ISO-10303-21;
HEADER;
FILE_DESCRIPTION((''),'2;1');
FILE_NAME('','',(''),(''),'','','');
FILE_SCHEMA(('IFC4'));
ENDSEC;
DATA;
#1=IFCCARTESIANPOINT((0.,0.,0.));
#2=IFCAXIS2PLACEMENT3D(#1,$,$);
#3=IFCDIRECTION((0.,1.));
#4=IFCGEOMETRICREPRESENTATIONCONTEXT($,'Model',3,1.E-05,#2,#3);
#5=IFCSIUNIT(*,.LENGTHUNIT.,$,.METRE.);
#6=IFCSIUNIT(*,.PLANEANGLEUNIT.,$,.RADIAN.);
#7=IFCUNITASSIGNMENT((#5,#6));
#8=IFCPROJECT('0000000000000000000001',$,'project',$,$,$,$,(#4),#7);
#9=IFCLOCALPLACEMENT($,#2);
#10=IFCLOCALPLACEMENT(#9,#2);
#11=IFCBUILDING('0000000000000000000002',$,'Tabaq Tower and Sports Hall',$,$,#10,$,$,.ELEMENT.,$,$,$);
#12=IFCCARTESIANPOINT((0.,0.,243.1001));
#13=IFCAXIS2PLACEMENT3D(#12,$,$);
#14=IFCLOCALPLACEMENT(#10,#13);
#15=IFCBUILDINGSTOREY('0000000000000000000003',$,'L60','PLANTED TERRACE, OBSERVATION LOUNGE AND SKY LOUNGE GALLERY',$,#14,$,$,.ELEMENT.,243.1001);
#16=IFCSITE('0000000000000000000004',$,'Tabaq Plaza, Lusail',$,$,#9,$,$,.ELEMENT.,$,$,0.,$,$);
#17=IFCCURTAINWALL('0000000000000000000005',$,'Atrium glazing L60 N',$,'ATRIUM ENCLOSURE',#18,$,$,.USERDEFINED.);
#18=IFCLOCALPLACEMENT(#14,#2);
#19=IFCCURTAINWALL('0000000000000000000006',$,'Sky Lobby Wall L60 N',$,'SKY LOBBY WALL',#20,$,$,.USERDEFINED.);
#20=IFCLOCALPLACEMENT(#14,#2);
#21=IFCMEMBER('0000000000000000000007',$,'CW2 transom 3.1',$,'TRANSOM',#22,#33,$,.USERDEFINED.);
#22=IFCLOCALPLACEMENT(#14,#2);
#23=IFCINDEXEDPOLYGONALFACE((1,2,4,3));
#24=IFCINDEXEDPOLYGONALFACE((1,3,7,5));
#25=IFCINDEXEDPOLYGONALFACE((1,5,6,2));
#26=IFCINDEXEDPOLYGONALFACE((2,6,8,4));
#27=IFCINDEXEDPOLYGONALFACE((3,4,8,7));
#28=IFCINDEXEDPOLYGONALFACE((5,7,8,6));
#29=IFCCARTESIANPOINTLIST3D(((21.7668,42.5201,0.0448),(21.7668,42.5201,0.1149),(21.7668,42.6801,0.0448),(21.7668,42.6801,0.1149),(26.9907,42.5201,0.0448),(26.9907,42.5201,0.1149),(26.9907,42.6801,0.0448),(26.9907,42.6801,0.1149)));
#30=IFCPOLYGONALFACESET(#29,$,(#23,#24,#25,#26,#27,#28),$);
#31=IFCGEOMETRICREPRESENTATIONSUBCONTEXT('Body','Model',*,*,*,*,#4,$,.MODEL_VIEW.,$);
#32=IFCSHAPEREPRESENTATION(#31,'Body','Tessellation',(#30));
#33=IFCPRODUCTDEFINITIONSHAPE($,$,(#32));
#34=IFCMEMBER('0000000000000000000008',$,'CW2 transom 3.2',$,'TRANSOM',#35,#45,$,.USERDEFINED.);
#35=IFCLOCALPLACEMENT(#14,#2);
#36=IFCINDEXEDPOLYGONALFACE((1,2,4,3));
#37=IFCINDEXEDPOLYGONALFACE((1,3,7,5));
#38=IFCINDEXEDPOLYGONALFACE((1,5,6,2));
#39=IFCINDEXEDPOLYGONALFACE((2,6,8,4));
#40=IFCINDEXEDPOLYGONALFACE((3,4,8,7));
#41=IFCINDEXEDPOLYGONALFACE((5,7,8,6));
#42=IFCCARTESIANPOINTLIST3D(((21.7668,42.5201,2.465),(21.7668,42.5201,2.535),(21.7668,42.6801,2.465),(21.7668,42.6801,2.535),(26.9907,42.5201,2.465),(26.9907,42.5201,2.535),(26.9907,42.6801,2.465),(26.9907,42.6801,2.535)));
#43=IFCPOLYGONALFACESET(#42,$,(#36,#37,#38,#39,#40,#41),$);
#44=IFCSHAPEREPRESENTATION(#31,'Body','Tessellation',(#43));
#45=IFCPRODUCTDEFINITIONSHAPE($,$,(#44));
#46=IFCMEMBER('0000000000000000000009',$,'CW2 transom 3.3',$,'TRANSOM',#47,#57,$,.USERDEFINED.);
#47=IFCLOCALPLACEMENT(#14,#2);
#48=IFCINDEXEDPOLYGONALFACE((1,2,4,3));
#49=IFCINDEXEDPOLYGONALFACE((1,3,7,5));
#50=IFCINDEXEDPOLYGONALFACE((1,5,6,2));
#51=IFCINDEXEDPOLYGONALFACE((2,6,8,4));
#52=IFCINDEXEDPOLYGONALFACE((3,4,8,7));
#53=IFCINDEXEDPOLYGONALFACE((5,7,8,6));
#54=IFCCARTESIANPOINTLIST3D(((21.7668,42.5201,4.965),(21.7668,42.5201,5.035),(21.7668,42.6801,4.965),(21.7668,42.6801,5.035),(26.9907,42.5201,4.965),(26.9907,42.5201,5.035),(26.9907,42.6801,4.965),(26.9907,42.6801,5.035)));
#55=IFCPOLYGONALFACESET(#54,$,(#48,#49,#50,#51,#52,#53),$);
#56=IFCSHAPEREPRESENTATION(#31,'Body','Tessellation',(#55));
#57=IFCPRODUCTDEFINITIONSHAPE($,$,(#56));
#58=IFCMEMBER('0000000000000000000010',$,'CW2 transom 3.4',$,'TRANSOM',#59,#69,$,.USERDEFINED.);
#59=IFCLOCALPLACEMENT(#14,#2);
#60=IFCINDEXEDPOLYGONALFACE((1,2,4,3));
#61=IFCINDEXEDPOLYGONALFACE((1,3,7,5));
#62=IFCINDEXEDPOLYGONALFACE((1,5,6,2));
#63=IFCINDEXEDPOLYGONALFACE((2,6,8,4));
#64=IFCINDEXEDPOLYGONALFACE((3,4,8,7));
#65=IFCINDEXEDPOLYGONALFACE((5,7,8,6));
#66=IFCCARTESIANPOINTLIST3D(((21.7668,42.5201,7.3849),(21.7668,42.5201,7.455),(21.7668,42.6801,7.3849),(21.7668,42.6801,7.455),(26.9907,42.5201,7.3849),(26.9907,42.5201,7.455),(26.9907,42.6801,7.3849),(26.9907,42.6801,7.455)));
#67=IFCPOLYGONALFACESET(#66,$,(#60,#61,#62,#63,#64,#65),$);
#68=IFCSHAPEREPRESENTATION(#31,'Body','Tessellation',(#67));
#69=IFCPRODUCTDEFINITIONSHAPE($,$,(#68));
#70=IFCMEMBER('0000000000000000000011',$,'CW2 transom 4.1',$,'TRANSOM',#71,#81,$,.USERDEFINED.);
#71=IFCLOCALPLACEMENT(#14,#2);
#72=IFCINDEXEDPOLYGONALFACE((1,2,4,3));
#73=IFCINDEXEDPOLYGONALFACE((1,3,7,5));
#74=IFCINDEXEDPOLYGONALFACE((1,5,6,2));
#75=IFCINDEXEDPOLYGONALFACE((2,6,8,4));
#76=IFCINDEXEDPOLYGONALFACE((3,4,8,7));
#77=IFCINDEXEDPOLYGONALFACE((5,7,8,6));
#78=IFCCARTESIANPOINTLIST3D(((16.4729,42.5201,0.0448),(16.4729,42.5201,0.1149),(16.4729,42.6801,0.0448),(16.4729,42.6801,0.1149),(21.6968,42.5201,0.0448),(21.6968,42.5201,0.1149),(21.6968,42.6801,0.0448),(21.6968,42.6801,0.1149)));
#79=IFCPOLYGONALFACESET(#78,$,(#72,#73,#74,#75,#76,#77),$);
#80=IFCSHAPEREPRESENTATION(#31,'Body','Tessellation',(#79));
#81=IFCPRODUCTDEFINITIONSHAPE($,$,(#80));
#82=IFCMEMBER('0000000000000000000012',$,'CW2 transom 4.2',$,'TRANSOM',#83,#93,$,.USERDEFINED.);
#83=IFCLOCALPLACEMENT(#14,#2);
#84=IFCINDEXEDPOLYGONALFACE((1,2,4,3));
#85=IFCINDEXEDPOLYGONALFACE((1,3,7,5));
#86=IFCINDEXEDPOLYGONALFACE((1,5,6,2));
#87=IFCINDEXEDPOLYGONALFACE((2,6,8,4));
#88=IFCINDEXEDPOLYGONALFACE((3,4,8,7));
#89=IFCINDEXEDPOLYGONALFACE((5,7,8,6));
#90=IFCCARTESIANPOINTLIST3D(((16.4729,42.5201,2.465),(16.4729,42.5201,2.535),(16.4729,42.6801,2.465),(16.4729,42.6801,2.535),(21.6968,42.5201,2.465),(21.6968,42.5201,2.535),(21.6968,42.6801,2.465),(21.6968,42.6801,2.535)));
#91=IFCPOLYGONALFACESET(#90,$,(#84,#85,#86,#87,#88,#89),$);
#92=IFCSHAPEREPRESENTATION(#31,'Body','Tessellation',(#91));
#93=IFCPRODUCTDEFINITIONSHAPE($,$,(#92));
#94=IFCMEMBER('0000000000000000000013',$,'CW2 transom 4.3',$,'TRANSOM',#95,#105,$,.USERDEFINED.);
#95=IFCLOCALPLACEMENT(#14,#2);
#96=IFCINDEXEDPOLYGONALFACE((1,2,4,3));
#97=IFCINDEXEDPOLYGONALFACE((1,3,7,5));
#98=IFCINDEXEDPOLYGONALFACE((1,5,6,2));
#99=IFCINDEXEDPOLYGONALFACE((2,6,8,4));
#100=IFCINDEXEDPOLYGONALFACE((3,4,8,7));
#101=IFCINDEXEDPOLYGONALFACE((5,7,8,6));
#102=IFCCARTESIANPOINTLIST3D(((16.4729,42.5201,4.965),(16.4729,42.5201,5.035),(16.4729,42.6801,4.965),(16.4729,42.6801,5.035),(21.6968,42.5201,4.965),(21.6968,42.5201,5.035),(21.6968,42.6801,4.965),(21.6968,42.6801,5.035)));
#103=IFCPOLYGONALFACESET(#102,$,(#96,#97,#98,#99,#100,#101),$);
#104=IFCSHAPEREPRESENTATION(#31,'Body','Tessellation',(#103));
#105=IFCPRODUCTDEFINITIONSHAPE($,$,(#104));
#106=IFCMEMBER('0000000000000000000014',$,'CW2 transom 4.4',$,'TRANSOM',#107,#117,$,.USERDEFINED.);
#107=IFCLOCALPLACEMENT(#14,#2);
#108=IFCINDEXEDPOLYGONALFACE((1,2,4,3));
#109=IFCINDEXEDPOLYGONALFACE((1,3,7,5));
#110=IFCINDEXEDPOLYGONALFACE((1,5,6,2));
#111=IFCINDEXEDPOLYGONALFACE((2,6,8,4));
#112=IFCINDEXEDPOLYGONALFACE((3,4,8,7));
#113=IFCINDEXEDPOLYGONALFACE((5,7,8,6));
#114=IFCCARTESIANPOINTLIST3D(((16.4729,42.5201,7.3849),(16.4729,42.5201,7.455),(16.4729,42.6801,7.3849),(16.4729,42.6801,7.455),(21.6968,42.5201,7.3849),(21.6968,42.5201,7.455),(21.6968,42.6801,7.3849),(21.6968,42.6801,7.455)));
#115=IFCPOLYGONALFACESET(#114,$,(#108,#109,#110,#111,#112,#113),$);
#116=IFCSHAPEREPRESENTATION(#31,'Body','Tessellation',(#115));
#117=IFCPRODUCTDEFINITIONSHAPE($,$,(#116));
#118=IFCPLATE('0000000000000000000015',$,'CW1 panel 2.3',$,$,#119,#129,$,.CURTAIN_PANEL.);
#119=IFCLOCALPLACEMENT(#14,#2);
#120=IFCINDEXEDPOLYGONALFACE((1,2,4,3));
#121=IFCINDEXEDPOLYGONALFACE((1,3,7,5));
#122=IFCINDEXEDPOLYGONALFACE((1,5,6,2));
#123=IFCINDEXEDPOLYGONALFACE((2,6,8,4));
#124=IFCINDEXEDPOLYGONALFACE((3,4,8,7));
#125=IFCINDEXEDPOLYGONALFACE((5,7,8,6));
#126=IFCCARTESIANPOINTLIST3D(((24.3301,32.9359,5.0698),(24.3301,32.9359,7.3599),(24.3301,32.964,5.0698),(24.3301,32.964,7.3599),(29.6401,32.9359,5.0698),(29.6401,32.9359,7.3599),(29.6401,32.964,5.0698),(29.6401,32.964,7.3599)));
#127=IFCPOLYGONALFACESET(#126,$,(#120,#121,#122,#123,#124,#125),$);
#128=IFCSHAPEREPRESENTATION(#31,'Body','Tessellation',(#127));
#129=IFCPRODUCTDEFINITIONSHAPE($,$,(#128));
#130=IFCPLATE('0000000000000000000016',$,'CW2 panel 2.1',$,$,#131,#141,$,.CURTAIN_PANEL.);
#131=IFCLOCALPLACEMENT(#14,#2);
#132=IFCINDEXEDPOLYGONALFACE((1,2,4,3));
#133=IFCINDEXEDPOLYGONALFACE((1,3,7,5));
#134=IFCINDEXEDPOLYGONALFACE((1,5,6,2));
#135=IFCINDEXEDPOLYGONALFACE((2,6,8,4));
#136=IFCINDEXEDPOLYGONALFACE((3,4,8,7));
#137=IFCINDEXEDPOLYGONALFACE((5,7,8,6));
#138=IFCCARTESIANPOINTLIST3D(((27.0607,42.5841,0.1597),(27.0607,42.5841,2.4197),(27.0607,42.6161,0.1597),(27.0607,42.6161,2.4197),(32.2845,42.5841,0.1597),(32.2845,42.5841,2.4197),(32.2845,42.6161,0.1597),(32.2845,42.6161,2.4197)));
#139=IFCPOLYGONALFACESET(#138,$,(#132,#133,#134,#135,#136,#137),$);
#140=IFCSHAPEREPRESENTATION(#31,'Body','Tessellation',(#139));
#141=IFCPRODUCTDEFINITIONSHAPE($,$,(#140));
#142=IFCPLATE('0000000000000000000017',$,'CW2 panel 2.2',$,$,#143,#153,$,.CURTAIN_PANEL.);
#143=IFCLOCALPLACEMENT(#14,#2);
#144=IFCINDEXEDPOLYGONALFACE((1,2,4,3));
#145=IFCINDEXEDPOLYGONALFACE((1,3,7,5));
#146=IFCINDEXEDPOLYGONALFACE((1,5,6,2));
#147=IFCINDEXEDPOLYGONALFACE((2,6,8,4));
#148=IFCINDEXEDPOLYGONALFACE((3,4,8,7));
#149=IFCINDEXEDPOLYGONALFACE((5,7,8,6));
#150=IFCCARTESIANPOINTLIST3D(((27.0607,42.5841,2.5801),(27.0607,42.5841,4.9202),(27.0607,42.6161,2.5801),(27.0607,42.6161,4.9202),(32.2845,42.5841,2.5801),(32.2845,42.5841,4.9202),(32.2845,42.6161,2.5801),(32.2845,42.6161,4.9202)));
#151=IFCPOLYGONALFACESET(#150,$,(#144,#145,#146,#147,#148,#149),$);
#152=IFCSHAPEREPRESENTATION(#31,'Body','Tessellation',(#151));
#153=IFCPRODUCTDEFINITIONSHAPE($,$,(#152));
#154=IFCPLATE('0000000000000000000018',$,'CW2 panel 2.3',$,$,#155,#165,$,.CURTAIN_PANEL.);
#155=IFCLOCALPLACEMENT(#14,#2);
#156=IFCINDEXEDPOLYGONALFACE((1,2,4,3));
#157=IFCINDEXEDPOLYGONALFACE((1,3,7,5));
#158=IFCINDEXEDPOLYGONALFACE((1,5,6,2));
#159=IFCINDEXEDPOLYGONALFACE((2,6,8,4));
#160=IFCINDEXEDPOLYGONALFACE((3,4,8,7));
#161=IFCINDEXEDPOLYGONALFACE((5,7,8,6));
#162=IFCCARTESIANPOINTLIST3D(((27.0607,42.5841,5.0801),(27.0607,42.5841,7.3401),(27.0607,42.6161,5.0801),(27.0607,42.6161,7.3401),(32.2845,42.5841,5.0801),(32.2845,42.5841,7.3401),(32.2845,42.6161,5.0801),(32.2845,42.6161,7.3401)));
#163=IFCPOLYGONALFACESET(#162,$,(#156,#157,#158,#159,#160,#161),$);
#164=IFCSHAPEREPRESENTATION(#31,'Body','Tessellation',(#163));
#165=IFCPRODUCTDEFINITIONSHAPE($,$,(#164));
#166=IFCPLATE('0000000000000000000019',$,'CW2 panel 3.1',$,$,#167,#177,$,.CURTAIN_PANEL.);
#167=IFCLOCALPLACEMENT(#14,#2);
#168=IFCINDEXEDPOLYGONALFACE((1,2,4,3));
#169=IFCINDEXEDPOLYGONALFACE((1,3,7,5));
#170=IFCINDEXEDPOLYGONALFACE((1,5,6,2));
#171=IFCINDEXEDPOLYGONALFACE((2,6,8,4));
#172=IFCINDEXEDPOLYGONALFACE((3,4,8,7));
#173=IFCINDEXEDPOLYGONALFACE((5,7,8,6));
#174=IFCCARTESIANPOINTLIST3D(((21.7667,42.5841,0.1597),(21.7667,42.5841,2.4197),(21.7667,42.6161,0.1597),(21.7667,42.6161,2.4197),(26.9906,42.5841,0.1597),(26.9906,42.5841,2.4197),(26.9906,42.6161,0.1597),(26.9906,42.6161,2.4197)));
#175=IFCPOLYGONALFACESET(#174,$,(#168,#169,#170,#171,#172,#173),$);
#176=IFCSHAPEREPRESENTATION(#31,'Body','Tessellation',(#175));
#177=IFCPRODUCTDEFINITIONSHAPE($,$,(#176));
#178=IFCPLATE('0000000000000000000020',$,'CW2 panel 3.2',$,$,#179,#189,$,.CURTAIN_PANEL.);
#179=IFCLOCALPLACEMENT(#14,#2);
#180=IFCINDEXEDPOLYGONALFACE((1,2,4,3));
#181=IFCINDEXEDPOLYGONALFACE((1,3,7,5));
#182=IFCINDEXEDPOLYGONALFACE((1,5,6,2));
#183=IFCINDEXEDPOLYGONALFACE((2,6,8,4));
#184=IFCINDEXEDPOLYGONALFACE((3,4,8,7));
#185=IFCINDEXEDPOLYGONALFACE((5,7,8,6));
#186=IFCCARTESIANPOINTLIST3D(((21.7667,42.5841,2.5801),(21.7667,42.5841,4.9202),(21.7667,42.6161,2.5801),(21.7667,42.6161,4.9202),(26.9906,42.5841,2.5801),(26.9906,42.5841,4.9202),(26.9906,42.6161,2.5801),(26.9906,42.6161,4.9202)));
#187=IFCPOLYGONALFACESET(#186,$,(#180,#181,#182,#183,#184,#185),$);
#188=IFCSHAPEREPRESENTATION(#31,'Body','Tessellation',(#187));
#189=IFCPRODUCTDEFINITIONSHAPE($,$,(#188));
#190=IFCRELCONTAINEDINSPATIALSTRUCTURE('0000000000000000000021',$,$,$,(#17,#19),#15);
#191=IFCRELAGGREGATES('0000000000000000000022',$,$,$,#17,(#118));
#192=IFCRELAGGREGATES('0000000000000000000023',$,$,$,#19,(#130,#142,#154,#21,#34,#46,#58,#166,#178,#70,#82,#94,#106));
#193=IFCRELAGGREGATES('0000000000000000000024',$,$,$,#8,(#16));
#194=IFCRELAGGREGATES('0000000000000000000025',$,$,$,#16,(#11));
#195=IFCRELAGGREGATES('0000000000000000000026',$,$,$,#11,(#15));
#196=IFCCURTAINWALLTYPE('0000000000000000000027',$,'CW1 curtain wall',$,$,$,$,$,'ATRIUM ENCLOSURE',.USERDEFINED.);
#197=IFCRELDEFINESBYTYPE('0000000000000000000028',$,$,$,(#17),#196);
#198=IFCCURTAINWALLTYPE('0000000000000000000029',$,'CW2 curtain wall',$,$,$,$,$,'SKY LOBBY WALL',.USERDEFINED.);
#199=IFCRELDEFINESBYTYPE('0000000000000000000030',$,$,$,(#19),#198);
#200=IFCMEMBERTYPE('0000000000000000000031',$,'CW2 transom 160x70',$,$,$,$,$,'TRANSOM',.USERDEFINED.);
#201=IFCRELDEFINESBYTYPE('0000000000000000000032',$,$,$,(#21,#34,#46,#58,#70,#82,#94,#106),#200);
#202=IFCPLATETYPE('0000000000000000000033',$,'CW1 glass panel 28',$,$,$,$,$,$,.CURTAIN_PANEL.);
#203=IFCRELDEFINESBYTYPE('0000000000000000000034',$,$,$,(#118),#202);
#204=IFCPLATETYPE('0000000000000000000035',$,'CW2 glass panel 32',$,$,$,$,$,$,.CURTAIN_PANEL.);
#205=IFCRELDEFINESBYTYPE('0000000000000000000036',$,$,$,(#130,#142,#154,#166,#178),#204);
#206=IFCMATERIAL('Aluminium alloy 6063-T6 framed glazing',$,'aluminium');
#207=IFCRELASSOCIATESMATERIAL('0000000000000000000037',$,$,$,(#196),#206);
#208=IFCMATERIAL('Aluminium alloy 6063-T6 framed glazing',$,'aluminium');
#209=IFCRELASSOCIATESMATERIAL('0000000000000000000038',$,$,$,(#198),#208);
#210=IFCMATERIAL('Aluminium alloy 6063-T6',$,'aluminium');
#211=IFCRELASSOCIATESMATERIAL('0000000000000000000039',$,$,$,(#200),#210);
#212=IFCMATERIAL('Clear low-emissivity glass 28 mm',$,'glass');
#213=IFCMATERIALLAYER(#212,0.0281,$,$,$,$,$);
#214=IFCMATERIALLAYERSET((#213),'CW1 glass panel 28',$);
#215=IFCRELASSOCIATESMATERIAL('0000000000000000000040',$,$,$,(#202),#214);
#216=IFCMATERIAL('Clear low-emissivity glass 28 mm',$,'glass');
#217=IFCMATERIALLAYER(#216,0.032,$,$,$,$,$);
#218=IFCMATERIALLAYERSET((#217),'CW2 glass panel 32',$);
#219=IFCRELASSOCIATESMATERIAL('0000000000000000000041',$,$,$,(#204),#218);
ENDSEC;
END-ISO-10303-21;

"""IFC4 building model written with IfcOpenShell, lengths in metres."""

from ifc_helpers import new_model, si_unit, direction, frame, origin, origin_2d, place, context, subcontext, project, spatial, rectangle, extrude, material, layer, layer_set, material_profile, profile_set, type_object, element, aggregate, save


model = new_model("IFC4")

# Units and contexts
model_context = context("Model", 3, precision=1e-05, world=origin(), true_north=direction((0.0, 1.0)))
body_context = subcontext(model_context, "Body", "Model", "MODEL_VIEW")
ifc_project = project(units=[si_unit("LENGTHUNIT", "METRE"), si_unit("PLANEANGLEUNIT", "RADIAN")], contexts=[model_context])

# Site, building, storey
site_placement = place(None, origin())
site = spatial("IfcSite", under=ifc_project, at=site_placement, Name="Tabaq Plaza, Lusail", CompositionType="ELEMENT", RefElevation=0.0)
building_placement = place(site_placement, origin())
building = spatial("IfcBuilding", under=site, at=building_placement, Name="Tabaq Tower and Sports Hall", CompositionType="ELEMENT")
storey_placement = place(building_placement, frame((0.0, 0.0, 243.1001)))
storey = spatial("IfcBuildingStorey", under=building, at=storey_placement, Name="L60", Description="PLANTED TERRACE, OBSERVATION LOUNGE AND SKY LOUNGE GALLERY", CompositionType="ELEMENT", Elevation=243.1001)

# Curtain wall
ifc_material_1 = material(Name="Aluminium alloy 6063-T6 framed glazing", Category="aluminium")
curtain_wall_type_1 = type_object("IfcCurtainWallType", Name="CW1 curtain wall", ElementType="ATRIUM ENCLOSURE", PredefinedType="USERDEFINED", material=ifc_material_1)
curtain_wall_1_placement = place(storey_placement, origin())
curtain_wall_1 = element("IfcCurtainWall", 1, at=curtain_wall_1_placement, inside=storey, type_object=curtain_wall_type_1, Name="Atrium glazing L60 N", ObjectType="ATRIUM ENCLOSURE", PredefinedType="USERDEFINED")

# Curtain wall, members
ifc_material_2 = material(Name="Aluminium alloy 6063-T6 framed glazing", Category="aluminium")
curtain_wall_type_2 = type_object("IfcCurtainWallType", Name="CW2 curtain wall", ElementType="SKY LOBBY WALL", PredefinedType="USERDEFINED", material=ifc_material_2)
curtain_wall_2_placement = place(storey_placement, origin())
curtain_wall_2 = element("IfcCurtainWall", 2, at=curtain_wall_2_placement, inside=storey, type_object=curtain_wall_type_2, Name="Sky Lobby Wall L60 N", ObjectType="SKY LOBBY WALL", PredefinedType="USERDEFINED")
ifc_material_3 = material(Name="Aluminium alloy 6063-T6", Category="aluminium")
ifc_material_profile_1 = material_profile(ifc_material_3, rectangle(XDim=0.1599, YDim=0.0701, at=origin_2d()), Name="TRANSOM 160x70")
ifc_profile_set_1 = profile_set([ifc_material_profile_1], Name="Aluminium alloy 6063-T6")
member_type_1 = type_object("IfcMemberType", Name="CW2 transom 160x70", ElementType="TRANSOM", PredefinedType="USERDEFINED", material=ifc_profile_set_1)
member_1_placement = place(storey_placement, frame((26.9907, 42.6001, 0.0798), z_axis=(-1.0, 0.0, 0.0), x_axis=(0.0, -1.0, 0.0)))
member_1 = element("IfcMember", 3, at=member_1_placement, type_object=member_type_1, Name="CW2 transom 3.1", ObjectType="TRANSOM", PredefinedType="USERDEFINED", context=body_context, shape_type="SweptSolid", body=[
    extrude(rectangle(XDim=0.1599, YDim=0.0701, at=origin_2d()), origin(), (0.0, 0.0, 1.0), 5.2239),
])
member_2_placement = place(storey_placement, frame((26.9907, 42.6001, 2.5), z_axis=(-1.0, 0.0, 0.0), x_axis=(0.0, -1.0, 0.0)))
member_2 = element("IfcMember", 4, at=member_2_placement, type_object=member_type_1, Name="CW2 transom 3.2", ObjectType="TRANSOM", PredefinedType="USERDEFINED", context=body_context, shape_type="SweptSolid", body=[
    extrude(rectangle(XDim=0.1599, YDim=0.0701, at=origin_2d()), origin(), (0.0, 0.0, 1.0), 5.2239),
])
member_3_placement = place(storey_placement, frame((26.9907, 42.6001, 5.0), z_axis=(-1.0, 0.0, 0.0), x_axis=(0.0, -1.0, 0.0)))
member_3 = element("IfcMember", 5, at=member_3_placement, type_object=member_type_1, Name="CW2 transom 3.3", ObjectType="TRANSOM", PredefinedType="USERDEFINED", context=body_context, shape_type="SweptSolid", body=[
    extrude(rectangle(XDim=0.1599, YDim=0.0701, at=origin_2d()), origin(), (0.0, 0.0, 1.0), 5.2239),
])
member_4_placement = place(storey_placement, frame((26.9907, 42.6001, 7.4199), z_axis=(-1.0, 0.0, 0.0), x_axis=(0.0, -1.0, 0.0)))
member_4 = element("IfcMember", 6, at=member_4_placement, type_object=member_type_1, Name="CW2 transom 3.4", ObjectType="TRANSOM", PredefinedType="USERDEFINED", context=body_context, shape_type="SweptSolid", body=[
    extrude(rectangle(XDim=0.1599, YDim=0.0701, at=origin_2d()), origin(), (0.0, 0.0, 1.0), 5.2239),
])
member_5_placement = place(storey_placement, frame((21.6968, 42.6001, 0.0798), z_axis=(-1.0, 0.0, 0.0), x_axis=(0.0, -1.0, 0.0)))
member_5 = element("IfcMember", 7, at=member_5_placement, type_object=member_type_1, Name="CW2 transom 4.1", ObjectType="TRANSOM", PredefinedType="USERDEFINED", context=body_context, shape_type="SweptSolid", body=[
    extrude(rectangle(XDim=0.1599, YDim=0.0701, at=origin_2d()), origin(), (0.0, 0.0, 1.0), 5.2239),
])
member_6_placement = place(storey_placement, frame((21.6968, 42.6001, 2.5), z_axis=(-1.0, 0.0, 0.0), x_axis=(0.0, -1.0, 0.0)))
member_6 = element("IfcMember", 8, at=member_6_placement, type_object=member_type_1, Name="CW2 transom 4.2", ObjectType="TRANSOM", PredefinedType="USERDEFINED", context=body_context, shape_type="SweptSolid", body=[
    extrude(rectangle(XDim=0.1599, YDim=0.0701, at=origin_2d()), origin(), (0.0, 0.0, 1.0), 5.2239),
])
member_7_placement = place(storey_placement, frame((21.6968, 42.6001, 5.0), z_axis=(-1.0, 0.0, 0.0), x_axis=(0.0, -1.0, 0.0)))
member_7 = element("IfcMember", 9, at=member_7_placement, type_object=member_type_1, Name="CW2 transom 4.3", ObjectType="TRANSOM", PredefinedType="USERDEFINED", context=body_context, shape_type="SweptSolid", body=[
    extrude(rectangle(XDim=0.1599, YDim=0.0701, at=origin_2d()), origin(), (0.0, 0.0, 1.0), 5.2239),
])
member_8_placement = place(storey_placement, frame((21.6968, 42.6001, 7.4199), z_axis=(-1.0, 0.0, 0.0), x_axis=(0.0, -1.0, 0.0)))
member_8 = element("IfcMember", 10, at=member_8_placement, type_object=member_type_1, Name="CW2 transom 4.4", ObjectType="TRANSOM", PredefinedType="USERDEFINED", context=body_context, shape_type="SweptSolid", body=[
    extrude(rectangle(XDim=0.1599, YDim=0.0701, at=origin_2d()), origin(), (0.0, 0.0, 1.0), 5.2239),
])

# Plates
ifc_material_4 = material(Name="Clear low-emissivity glass 28 mm", Category="glass")
ifc_layer_1 = layer(ifc_material_4, 0.0281)
ifc_layer_set_1 = layer_set([ifc_layer_1], Name="CW1 glass panel 28")
plate_type_1 = type_object("IfcPlateType", Name="CW1 glass panel 28", PredefinedType="CURTAIN_PANEL", material=ifc_layer_set_1)
plate_1_placement = place(storey_placement, frame((26.9851, 32.95, 5.0698), z_axis=(0.0, 0.0, 1.0), x_axis=(1.0, 0.0, 0.0)))
plate_1 = element("IfcPlate", 11, at=plate_1_placement, type_object=plate_type_1, Name="CW1 panel 2.3", PredefinedType="CURTAIN_PANEL", context=body_context, shape_type="SweptSolid", body=[
    extrude(rectangle(XDim=5.3101, YDim=0.0281, at=origin_2d()), origin(), (0.0, 0.0, 1.0), 2.29),
])
aggregate(curtain_wall_1, [plate_1])
ifc_material_5 = material(Name="Clear low-emissivity glass 28 mm", Category="glass")
ifc_layer_2 = layer(ifc_material_5, 0.032)
ifc_layer_set_2 = layer_set([ifc_layer_2], Name="CW2 glass panel 32")
plate_type_2 = type_object("IfcPlateType", Name="CW2 glass panel 32", PredefinedType="CURTAIN_PANEL", material=ifc_layer_set_2)
plate_2_placement = place(storey_placement, frame((29.6726, 42.6001, 0.1597), z_axis=(0.0, 0.0, 1.0), x_axis=(-1.0, 0.0, 0.0)))
plate_2 = element("IfcPlate", 12, at=plate_2_placement, type_object=plate_type_2, Name="CW2 panel 2.1", PredefinedType="CURTAIN_PANEL", context=body_context, shape_type="SweptSolid", body=[
    extrude(rectangle(XDim=5.2239, YDim=0.032, at=origin_2d()), origin(), (0.0, 0.0, 1.0), 2.26),
])
plate_3_placement = place(storey_placement, frame((29.6726, 42.6001, 2.5801), z_axis=(0.0, 0.0, 1.0), x_axis=(-1.0, 0.0, 0.0)))
plate_3 = element("IfcPlate", 13, at=plate_3_placement, type_object=plate_type_2, Name="CW2 panel 2.2", PredefinedType="CURTAIN_PANEL", context=body_context, shape_type="SweptSolid", body=[
    extrude(rectangle(XDim=5.2239, YDim=0.032, at=origin_2d()), origin(), (0.0, 0.0, 1.0), 2.3401),
])
plate_4_placement = place(storey_placement, frame((29.6726, 42.6001, 5.0801), z_axis=(0.0, 0.0, 1.0), x_axis=(-1.0, 0.0, 0.0)))
plate_4 = element("IfcPlate", 14, at=plate_4_placement, type_object=plate_type_2, Name="CW2 panel 2.3", PredefinedType="CURTAIN_PANEL", context=body_context, shape_type="SweptSolid", body=[
    extrude(rectangle(XDim=5.2239, YDim=0.032, at=origin_2d()), origin(), (0.0, 0.0, 1.0), 2.26),
])
plate_5_placement = place(storey_placement, frame((24.3787, 42.6001, 0.1597), z_axis=(0.0, 0.0, 1.0), x_axis=(-1.0, 0.0, 0.0)))
plate_5 = element("IfcPlate", 15, at=plate_5_placement, type_object=plate_type_2, Name="CW2 panel 3.1", PredefinedType="CURTAIN_PANEL", context=body_context, shape_type="SweptSolid", body=[
    extrude(rectangle(XDim=5.2239, YDim=0.032, at=origin_2d()), origin(), (0.0, 0.0, 1.0), 2.26),
])
plate_6_placement = place(storey_placement, frame((24.3787, 42.6001, 2.5801), z_axis=(0.0, 0.0, 1.0), x_axis=(-1.0, 0.0, 0.0)))
plate_6 = element("IfcPlate", 16, at=plate_6_placement, type_object=plate_type_2, Name="CW2 panel 3.2", PredefinedType="CURTAIN_PANEL", context=body_context, shape_type="SweptSolid", body=[
    extrude(rectangle(XDim=5.2239, YDim=0.032, at=origin_2d()), origin(), (0.0, 0.0, 1.0), 2.3401),
])
aggregate(curtain_wall_2, [plate_2, plate_3, plate_4, member_1, member_2, member_3, member_4, plate_5, plate_6, member_5, member_6, member_7, member_8])

save(model, "model.ifc")
